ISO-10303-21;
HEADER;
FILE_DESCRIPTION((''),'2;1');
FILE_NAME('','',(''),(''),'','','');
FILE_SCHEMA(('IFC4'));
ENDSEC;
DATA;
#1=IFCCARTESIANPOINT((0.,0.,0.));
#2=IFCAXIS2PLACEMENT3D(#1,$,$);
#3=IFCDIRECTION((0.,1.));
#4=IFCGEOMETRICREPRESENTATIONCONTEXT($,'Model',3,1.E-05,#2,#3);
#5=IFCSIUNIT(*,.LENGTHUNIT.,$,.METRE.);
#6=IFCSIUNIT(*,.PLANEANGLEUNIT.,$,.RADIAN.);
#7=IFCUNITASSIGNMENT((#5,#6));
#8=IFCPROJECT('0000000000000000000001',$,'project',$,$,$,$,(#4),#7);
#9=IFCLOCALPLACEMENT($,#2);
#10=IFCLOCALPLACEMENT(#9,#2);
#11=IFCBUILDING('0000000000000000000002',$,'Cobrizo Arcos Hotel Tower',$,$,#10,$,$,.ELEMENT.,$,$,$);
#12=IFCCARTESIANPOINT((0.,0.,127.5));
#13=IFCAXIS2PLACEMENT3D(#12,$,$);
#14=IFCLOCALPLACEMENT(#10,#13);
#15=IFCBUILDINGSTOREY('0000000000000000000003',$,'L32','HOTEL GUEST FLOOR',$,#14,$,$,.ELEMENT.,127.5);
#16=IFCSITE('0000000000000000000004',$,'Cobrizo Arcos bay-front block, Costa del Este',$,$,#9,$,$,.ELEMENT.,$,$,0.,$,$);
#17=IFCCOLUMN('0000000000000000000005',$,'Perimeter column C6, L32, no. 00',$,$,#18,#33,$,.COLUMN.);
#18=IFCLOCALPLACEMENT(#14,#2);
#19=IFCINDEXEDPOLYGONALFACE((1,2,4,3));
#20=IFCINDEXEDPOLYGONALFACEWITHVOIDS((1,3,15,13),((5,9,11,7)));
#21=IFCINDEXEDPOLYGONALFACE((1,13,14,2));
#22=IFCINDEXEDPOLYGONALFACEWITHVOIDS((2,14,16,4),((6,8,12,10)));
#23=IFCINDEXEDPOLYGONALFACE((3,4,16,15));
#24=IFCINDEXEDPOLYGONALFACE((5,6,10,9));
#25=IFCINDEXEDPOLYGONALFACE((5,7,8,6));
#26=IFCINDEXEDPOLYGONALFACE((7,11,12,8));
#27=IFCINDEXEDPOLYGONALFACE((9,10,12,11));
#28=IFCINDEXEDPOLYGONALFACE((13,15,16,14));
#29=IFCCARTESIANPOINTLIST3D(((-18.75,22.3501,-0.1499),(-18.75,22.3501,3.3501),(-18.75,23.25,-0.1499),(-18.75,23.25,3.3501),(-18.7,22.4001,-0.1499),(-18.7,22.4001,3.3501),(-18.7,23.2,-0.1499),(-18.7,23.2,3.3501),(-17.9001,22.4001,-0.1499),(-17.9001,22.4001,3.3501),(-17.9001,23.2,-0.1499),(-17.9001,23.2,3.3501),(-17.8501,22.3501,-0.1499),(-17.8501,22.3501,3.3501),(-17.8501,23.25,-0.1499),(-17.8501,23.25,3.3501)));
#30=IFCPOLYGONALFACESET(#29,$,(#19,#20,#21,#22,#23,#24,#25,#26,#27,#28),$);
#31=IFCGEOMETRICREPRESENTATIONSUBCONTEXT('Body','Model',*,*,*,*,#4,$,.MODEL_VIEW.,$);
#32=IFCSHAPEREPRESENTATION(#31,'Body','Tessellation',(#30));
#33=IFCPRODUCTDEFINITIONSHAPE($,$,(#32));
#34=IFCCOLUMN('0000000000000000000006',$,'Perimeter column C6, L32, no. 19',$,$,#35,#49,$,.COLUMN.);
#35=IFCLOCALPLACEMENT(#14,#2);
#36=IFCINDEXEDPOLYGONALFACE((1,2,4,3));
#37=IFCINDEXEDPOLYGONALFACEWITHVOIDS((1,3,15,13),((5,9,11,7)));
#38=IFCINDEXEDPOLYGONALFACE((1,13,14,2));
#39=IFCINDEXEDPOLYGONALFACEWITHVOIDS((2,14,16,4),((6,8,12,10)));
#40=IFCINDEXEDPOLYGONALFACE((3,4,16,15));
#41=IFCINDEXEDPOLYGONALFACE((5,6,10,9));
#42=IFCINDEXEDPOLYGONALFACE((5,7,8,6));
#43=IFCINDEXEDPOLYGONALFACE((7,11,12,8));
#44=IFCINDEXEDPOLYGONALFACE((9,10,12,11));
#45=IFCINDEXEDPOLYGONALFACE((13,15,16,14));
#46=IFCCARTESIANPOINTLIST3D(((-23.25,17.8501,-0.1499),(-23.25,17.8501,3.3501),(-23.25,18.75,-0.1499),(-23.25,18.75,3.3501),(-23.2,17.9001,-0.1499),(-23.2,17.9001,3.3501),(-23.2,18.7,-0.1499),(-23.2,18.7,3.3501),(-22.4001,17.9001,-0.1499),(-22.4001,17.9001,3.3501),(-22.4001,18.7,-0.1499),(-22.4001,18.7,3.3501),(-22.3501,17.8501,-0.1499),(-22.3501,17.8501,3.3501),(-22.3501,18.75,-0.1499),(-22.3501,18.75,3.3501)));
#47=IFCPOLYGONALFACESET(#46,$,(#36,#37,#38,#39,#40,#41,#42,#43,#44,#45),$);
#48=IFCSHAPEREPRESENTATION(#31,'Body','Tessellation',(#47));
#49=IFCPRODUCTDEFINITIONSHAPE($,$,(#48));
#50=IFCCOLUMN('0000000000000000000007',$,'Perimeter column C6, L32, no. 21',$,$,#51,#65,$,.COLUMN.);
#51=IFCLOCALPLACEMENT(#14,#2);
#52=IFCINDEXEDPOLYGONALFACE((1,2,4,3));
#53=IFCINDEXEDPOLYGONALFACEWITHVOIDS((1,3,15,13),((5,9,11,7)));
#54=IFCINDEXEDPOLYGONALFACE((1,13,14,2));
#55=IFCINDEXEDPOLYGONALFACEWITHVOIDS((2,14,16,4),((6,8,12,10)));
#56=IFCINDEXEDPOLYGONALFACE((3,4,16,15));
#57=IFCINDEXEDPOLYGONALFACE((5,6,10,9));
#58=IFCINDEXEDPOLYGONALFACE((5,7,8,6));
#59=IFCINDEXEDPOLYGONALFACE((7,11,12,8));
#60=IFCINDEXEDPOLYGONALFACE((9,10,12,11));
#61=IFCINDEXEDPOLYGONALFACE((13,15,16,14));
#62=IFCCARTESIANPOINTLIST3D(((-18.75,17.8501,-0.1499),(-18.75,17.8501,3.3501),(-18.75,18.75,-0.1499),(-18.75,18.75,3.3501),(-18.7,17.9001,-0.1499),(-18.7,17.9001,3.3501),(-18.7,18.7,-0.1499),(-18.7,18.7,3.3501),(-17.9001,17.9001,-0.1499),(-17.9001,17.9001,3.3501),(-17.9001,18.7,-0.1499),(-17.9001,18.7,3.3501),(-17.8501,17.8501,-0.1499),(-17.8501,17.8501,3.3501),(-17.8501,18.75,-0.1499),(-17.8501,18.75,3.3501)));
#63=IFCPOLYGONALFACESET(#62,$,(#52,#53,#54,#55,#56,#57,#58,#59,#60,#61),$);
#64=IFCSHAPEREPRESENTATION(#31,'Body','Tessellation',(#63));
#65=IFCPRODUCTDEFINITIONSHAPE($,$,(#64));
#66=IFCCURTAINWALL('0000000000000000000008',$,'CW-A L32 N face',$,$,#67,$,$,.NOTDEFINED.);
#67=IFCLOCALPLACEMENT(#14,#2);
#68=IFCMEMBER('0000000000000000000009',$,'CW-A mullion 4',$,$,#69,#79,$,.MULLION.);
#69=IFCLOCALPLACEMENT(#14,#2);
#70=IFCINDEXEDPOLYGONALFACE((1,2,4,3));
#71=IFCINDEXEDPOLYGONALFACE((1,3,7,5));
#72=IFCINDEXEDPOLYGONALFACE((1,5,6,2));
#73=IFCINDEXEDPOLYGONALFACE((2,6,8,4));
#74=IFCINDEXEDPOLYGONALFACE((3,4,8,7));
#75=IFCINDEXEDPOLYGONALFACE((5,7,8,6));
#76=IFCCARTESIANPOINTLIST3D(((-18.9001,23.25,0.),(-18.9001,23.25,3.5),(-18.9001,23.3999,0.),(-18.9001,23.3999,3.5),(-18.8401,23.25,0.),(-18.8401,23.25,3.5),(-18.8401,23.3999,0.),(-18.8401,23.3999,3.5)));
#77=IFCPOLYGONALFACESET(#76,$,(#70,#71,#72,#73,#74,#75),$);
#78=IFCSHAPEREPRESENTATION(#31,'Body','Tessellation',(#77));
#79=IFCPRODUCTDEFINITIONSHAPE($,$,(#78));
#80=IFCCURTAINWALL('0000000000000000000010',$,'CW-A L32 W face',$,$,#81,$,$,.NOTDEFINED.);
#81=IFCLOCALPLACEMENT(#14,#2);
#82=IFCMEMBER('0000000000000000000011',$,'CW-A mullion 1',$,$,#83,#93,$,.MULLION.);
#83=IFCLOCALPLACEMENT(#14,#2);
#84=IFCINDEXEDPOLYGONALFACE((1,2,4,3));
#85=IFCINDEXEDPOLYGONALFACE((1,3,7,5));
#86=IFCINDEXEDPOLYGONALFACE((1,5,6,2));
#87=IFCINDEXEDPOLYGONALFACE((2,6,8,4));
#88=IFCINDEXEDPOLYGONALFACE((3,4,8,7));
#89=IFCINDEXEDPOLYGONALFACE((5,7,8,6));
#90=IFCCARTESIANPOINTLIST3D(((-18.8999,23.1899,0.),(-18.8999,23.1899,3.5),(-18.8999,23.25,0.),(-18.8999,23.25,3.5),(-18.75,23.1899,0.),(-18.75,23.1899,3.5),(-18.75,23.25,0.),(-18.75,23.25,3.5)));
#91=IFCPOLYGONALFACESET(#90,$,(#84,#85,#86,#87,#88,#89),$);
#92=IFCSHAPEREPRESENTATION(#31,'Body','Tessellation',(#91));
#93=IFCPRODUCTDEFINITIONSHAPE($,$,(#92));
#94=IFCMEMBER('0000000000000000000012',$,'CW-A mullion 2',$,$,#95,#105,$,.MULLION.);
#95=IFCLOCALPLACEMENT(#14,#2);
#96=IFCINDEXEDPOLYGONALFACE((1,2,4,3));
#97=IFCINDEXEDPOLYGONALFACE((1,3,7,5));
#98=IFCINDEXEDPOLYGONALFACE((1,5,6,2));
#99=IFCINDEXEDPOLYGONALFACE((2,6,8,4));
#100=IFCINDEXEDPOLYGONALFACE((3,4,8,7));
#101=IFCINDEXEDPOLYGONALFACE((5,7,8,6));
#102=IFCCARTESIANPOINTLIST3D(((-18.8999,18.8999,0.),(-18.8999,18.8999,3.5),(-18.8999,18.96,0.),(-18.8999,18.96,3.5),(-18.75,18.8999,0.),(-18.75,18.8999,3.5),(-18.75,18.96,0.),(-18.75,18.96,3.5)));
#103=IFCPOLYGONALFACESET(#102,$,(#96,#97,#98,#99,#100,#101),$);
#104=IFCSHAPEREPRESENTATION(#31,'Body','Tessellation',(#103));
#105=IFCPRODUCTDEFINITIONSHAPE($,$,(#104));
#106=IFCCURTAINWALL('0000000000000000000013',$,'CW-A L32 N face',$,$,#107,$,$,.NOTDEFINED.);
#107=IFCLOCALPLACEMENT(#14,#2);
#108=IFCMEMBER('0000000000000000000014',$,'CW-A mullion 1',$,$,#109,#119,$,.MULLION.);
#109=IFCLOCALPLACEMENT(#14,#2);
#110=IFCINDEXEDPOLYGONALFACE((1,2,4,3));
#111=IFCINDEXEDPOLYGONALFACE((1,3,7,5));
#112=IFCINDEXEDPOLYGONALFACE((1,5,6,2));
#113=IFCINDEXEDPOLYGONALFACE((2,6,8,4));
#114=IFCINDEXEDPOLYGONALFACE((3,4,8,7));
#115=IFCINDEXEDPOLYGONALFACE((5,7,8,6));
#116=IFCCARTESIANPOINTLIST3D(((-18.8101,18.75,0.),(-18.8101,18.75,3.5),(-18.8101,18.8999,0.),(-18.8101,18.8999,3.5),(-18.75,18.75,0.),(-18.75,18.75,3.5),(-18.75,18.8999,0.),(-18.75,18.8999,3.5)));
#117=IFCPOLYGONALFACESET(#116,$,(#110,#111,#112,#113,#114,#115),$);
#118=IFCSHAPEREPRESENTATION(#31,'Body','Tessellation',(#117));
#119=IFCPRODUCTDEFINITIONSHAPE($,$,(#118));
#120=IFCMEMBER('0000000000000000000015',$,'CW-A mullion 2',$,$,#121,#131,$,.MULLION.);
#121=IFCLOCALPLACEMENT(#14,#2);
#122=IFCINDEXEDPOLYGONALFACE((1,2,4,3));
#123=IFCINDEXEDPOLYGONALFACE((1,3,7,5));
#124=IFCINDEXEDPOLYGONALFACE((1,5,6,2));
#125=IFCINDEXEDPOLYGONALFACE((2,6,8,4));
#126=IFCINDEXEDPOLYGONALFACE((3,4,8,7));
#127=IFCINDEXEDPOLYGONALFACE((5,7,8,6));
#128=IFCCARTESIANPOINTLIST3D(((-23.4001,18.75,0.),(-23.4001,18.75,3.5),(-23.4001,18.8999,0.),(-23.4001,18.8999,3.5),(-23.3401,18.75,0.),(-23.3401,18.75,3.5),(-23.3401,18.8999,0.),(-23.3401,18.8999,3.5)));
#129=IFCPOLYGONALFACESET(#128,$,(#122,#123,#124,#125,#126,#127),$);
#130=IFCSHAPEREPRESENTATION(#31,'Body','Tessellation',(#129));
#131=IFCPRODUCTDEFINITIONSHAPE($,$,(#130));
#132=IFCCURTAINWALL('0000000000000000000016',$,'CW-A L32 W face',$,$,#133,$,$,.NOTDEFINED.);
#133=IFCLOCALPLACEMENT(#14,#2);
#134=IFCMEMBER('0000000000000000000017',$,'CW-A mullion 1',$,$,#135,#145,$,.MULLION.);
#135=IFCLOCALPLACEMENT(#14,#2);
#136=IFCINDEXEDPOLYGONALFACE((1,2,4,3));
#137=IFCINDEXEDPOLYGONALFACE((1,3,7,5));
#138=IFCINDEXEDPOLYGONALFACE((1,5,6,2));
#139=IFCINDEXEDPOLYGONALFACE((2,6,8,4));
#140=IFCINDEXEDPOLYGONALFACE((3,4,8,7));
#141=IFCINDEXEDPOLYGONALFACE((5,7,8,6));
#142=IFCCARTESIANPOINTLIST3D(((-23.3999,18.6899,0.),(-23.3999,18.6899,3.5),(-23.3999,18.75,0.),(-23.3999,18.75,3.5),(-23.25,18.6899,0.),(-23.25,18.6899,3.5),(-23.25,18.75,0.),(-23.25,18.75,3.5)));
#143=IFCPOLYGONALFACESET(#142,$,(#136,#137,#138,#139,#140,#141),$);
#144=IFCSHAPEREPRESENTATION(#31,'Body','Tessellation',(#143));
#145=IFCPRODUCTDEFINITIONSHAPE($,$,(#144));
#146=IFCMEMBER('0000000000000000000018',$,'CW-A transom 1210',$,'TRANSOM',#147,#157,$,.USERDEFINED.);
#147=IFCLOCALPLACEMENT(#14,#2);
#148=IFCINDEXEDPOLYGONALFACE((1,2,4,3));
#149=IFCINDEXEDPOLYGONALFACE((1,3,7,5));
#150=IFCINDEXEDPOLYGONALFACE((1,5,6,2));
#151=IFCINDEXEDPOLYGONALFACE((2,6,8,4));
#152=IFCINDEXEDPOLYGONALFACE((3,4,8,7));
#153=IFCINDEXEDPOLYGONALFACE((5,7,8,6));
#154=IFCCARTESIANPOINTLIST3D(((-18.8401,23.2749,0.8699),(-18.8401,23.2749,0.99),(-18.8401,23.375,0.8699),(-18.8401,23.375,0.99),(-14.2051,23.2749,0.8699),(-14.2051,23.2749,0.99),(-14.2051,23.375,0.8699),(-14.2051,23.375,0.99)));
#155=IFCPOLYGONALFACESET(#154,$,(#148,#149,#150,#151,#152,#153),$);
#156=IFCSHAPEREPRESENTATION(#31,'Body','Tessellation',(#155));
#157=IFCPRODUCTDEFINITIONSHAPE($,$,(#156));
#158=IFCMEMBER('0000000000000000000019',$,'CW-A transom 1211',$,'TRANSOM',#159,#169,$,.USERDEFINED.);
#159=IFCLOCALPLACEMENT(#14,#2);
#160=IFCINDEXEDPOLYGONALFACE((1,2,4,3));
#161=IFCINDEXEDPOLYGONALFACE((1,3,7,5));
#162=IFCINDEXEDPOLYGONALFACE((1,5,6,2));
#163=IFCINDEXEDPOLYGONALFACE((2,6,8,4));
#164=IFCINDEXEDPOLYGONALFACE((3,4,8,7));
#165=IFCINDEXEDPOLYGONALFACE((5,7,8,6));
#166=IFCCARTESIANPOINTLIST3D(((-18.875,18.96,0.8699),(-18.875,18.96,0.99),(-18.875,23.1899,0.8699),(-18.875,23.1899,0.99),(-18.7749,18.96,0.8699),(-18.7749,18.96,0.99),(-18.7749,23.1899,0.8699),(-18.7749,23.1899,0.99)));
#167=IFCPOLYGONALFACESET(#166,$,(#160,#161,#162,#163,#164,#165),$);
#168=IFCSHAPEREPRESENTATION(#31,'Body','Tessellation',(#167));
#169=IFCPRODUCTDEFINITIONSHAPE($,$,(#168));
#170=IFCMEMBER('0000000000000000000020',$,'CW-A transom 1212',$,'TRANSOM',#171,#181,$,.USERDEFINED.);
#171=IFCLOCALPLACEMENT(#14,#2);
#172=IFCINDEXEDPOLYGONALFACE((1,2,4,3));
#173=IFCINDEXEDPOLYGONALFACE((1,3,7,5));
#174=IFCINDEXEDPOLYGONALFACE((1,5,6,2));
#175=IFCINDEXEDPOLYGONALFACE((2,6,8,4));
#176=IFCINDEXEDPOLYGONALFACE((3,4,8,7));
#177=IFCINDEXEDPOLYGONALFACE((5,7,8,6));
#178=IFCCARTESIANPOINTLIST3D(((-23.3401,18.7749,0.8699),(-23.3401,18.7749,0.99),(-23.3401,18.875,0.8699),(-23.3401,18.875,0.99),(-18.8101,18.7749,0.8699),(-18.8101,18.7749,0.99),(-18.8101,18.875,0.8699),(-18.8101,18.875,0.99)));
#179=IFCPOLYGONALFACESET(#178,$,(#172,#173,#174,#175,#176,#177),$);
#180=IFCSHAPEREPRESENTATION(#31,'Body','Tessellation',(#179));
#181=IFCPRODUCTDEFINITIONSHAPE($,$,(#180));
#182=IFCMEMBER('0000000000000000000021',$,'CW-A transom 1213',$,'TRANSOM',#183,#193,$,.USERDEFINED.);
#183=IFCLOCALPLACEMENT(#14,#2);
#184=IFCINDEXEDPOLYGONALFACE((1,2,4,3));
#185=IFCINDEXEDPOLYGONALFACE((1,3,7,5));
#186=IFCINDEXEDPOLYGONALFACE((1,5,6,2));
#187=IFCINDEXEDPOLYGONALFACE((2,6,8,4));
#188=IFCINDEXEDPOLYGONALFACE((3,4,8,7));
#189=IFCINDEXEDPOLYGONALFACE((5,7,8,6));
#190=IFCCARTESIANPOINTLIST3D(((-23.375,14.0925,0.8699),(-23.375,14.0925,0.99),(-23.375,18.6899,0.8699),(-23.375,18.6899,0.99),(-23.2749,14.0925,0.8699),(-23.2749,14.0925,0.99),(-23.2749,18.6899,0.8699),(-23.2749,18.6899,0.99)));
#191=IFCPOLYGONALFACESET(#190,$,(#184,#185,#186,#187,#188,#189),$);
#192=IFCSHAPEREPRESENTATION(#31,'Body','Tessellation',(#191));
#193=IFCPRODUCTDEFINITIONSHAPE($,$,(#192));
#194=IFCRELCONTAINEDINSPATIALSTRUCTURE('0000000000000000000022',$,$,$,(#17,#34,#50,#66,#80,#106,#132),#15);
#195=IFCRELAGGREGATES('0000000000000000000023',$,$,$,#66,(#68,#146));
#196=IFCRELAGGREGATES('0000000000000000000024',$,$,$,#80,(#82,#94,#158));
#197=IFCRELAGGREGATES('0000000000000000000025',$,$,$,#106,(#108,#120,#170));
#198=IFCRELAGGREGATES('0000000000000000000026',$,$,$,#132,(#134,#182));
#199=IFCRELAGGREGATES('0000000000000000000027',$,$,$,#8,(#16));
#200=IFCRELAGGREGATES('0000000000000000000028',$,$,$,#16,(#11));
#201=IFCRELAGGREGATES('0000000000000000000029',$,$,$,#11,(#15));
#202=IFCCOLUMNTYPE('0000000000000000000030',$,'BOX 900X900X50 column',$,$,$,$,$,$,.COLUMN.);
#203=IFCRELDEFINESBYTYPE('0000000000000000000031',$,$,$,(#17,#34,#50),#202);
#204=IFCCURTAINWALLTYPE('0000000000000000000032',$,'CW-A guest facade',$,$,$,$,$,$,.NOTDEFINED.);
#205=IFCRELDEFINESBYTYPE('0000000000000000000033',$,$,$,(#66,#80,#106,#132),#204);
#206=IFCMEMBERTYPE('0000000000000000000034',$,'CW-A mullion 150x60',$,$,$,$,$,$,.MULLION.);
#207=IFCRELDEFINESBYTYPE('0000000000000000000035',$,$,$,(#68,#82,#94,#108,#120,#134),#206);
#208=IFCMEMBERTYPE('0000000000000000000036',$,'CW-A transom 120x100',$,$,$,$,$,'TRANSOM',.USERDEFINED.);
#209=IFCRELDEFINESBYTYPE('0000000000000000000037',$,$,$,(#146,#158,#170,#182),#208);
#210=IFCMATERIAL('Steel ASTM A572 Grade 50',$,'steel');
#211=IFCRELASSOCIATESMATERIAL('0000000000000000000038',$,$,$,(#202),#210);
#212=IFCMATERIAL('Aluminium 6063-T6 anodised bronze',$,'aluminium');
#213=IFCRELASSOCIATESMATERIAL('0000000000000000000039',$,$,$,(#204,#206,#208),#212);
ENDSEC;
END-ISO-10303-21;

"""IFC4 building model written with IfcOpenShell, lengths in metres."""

from ifc_helpers import new_model, si_unit, direction, frame, origin, origin_2d, place, context, subcontext, project, spatial, rectangle, hollow_rectangle, extrude, material, material_profile, profile_set, type_object, element, aggregate, save


model = new_model("IFC4")

# Units and contexts
model_context = context("Model", 3, precision=1e-05, world=origin(), true_north=direction((0.0, 1.0)))
body_context = subcontext(model_context, "Body", "Model", "MODEL_VIEW")
ifc_project = project(units=[si_unit("LENGTHUNIT", "METRE"), si_unit("PLANEANGLEUNIT", "RADIAN")], contexts=[model_context])

# Site, building, storey
site_placement = place(None, origin())
site = spatial("IfcSite", under=ifc_project, at=site_placement, Name="Cobrizo Arcos bay-front block, Costa del Este", CompositionType="ELEMENT", RefElevation=0.0)
building_placement = place(site_placement, origin())
building = spatial("IfcBuilding", under=site, at=building_placement, Name="Cobrizo Arcos Hotel Tower", CompositionType="ELEMENT")
storey_placement = place(building_placement, frame((0.0, 0.0, 127.5)))
storey = spatial("IfcBuildingStorey", under=building, at=storey_placement, Name="L32", Description="HOTEL GUEST FLOOR", CompositionType="ELEMENT", Elevation=127.5)

# Columns
ifc_material_1 = material(Name="Steel ASTM A572 Grade 50", Category="steel")
ifc_material_profile_1 = material_profile(ifc_material_1, hollow_rectangle(XDim=0.8999, YDim=0.8999, WallThickness=0.05, at=origin_2d()), Name="BOX 900X900X50")
ifc_profile_set_1 = profile_set([ifc_material_profile_1], Name="Steel ASTM A572 Grade 50")
column_type = type_object("IfcColumnType", Name="BOX 900X900X50 column", PredefinedType="COLUMN", material=ifc_profile_set_1)
for number, where, z_axis, x_axis, name in (
    (1, (-18.3, 22.8, -0.1499), (0.0, 0.0, 1.0), (1.0, 0.0, 0.0), "Perimeter column C6, L32, no. 00"),
    (2, (-22.8, 18.3, -0.1499), (0.0, 0.0, 1.0), (1.0, 0.0, 0.0), "Perimeter column C6, L32, no. 19"),
    (3, (-18.3, 18.3, -0.1499), (0.0, 0.0, 1.0), (1.0, 0.0, 0.0), "Perimeter column C6, L32, no. 21"),
):
    element("IfcColumn", number, at=place(storey_placement, frame(where, z_axis=z_axis, x_axis=x_axis)), inside=storey, type_object=column_type, Name=name, PredefinedType="COLUMN", context=body_context, shape_type="SweptSolid", body=[
        extrude(hollow_rectangle(XDim=0.8999, YDim=0.8999, WallThickness=0.05, at=origin_2d()), origin(), (0.0, 0.0, 1.0), 3.5),
    ])

# Curtain wall, member
ifc_material_2 = material(Name="Aluminium 6063-T6 anodised bronze", Category="aluminium")
curtain_wall_type = type_object("IfcCurtainWallType", Name="CW-A guest facade", PredefinedType="NOTDEFINED", material=ifc_material_2)
curtain_wall_1_placement = place(storey_placement, origin())
curtain_wall_1 = element("IfcCurtainWall", 4, at=curtain_wall_1_placement, inside=storey, type_object=curtain_wall_type, Name="CW-A L32 N face", PredefinedType="NOTDEFINED")
ifc_material_profile_2 = material_profile(ifc_material_2, rectangle(XDim=0.1499, YDim=0.0601, at=origin_2d()), Name="CW-A mullion 150x60")
ifc_profile_set_2 = profile_set([ifc_material_profile_2], Name="Aluminium 6063-T6 anodised bronze")
member_type_1 = type_object("IfcMemberType", Name="CW-A mullion 150x60", PredefinedType="MULLION", material=ifc_profile_set_2)
member_1_placement = place(storey_placement, frame((-18.8701, 23.325, 0.0), z_axis=(0.0, 0.0, 1.0), x_axis=(0.0, 1.0, 0.0)))
member_1 = element("IfcMember", 5, at=member_1_placement, type_object=member_type_1, Name="CW-A mullion 4", PredefinedType="MULLION", context=body_context, shape_type="SweptSolid", body=[
    extrude(rectangle(XDim=0.1499, YDim=0.0601, at=origin_2d()), origin(), (0.0, 0.0, 1.0), 3.5),
])

# Curtain walls, members
curtain_wall_2_placement = place(storey_placement, origin())
curtain_wall_2 = element("IfcCurtainWall", 6, at=curtain_wall_2_placement, inside=storey, type_object=curtain_wall_type, Name="CW-A L32 W face", PredefinedType="NOTDEFINED")
member_2_placement = place(storey_placement, frame((-18.825, 23.22, 0.0), z_axis=(0.0, 0.0, 1.0), x_axis=(-1.0, 0.0, 0.0)))
member_2 = element("IfcMember", 7, at=member_2_placement, type_object=member_type_1, Name="CW-A mullion 1", PredefinedType="MULLION", context=body_context, shape_type="SweptSolid", body=[
    extrude(rectangle(XDim=0.1499, YDim=0.0601, at=origin_2d()), origin(), (0.0, 0.0, 1.0), 3.5),
])
member_3_placement = place(storey_placement, frame((-18.825, 18.9299, 0.0), z_axis=(0.0, 0.0, 1.0), x_axis=(-1.0, 0.0, 0.0)))
member_3 = element("IfcMember", 8, at=member_3_placement, type_object=member_type_1, Name="CW-A mullion 2", PredefinedType="MULLION", context=body_context, shape_type="SweptSolid", body=[
    extrude(rectangle(XDim=0.1499, YDim=0.0601, at=origin_2d()), origin(), (0.0, 0.0, 1.0), 3.5),
])
curtain_wall_3_placement = place(storey_placement, origin())
curtain_wall_3 = element("IfcCurtainWall", 9, at=curtain_wall_3_placement, inside=storey, type_object=curtain_wall_type, Name="CW-A L32 N face", PredefinedType="NOTDEFINED")
member_4_placement = place(storey_placement, frame((-18.78, 18.825, 0.0), z_axis=(0.0, 0.0, 1.0), x_axis=(0.0, 1.0, 0.0)))
member_4 = element("IfcMember", 10, at=member_4_placement, type_object=member_type_1, Name="CW-A mullion 1", PredefinedType="MULLION", context=body_context, shape_type="SweptSolid", body=[
    extrude(rectangle(XDim=0.1499, YDim=0.0601, at=origin_2d()), origin(), (0.0, 0.0, 1.0), 3.5),
])
member_5_placement = place(storey_placement, frame((-23.3701, 18.825, 0.0), z_axis=(0.0, 0.0, 1.0), x_axis=(0.0, 1.0, 0.0)))
member_5 = element("IfcMember", 11, at=member_5_placement, type_object=member_type_1, Name="CW-A mullion 2", PredefinedType="MULLION", context=body_context, shape_type="SweptSolid", body=[
    extrude(rectangle(XDim=0.1499, YDim=0.0601, at=origin_2d()), origin(), (0.0, 0.0, 1.0), 3.5),
])

# Curtain wall, member
curtain_wall_4_placement = place(storey_placement, origin())
curtain_wall_4 = element("IfcCurtainWall", 12, at=curtain_wall_4_placement, inside=storey, type_object=curtain_wall_type, Name="CW-A L32 W face", PredefinedType="NOTDEFINED")
member_6_placement = place(storey_placement, frame((-23.325, 18.72, 0.0), z_axis=(0.0, 0.0, 1.0), x_axis=(-1.0, 0.0, 0.0)))
member_6 = element("IfcMember", 13, at=member_6_placement, type_object=member_type_1, Name="CW-A mullion 1", PredefinedType="MULLION", context=body_context, shape_type="SweptSolid", body=[
    extrude(rectangle(XDim=0.1499, YDim=0.0601, at=origin_2d()), origin(), (0.0, 0.0, 1.0), 3.5),
])

# Members
ifc_material_profile_3 = material_profile(ifc_material_2, rectangle(XDim=0.1001, YDim=0.1201, at=origin_2d()), Name="CW-A transom 120x100")
ifc_profile_set_3 = profile_set([ifc_material_profile_3], Name="Aluminium 6063-T6 anodised bronze")
member_type_2 = type_object("IfcMemberType", Name="CW-A transom 120x100", ElementType="TRANSOM", PredefinedType="USERDEFINED", material=ifc_profile_set_3)
member_7_placement = place(storey_placement, frame((-14.2051, 23.325, 0.9299), z_axis=(-1.0, 0.0, 0.0), x_axis=(0.0, -1.0, 0.0)))
member_7 = element("IfcMember", 14, at=member_7_placement, type_object=member_type_2, Name="CW-A transom 1210", ObjectType="TRANSOM", PredefinedType="USERDEFINED", context=body_context, shape_type="SweptSolid", body=[
    extrude(rectangle(XDim=0.1001, YDim=0.1201, at=origin_2d()), origin(), (0.0, 0.0, 1.0), 4.635),
])
member_8_placement = place(storey_placement, frame((-18.825, 23.1899, 0.9299), z_axis=(0.0, -1.0, 0.0), x_axis=(1.0, 0.0, 0.0)))
member_8 = element("IfcMember", 15, at=member_8_placement, type_object=member_type_2, Name="CW-A transom 1211", ObjectType="TRANSOM", PredefinedType="USERDEFINED", context=body_context, shape_type="SweptSolid", body=[
    extrude(rectangle(XDim=0.1001, YDim=0.1201, at=origin_2d()), origin(), (0.0, 0.0, 1.0), 4.23),
])
member_9_placement = place(storey_placement, frame((-18.8101, 18.825, 0.9299), z_axis=(-1.0, 0.0, 0.0), x_axis=(0.0, -1.0, 0.0)))
member_9 = element("IfcMember", 16, at=member_9_placement, type_object=member_type_2, Name="CW-A transom 1212", ObjectType="TRANSOM", PredefinedType="USERDEFINED", context=body_context, shape_type="SweptSolid", body=[
    extrude(rectangle(XDim=0.1001, YDim=0.1201, at=origin_2d()), origin(), (0.0, 0.0, 1.0), 4.53),
])
member_10_placement = place(storey_placement, frame((-23.325, 18.6899, 0.9299), z_axis=(0.0, -1.0, 0.0), x_axis=(1.0, 0.0, 0.0)))
member_10 = element("IfcMember", 17, at=member_10_placement, type_object=member_type_2, Name="CW-A transom 1213", ObjectType="TRANSOM", PredefinedType="USERDEFINED", context=body_context, shape_type="SweptSolid", body=[
    extrude(rectangle(XDim=0.1001, YDim=0.1201, at=origin_2d()), origin(), (0.0, 0.0, 1.0), 4.5974),
])

aggregate(curtain_wall_1, [member_1, member_7])
aggregate(curtain_wall_2, [member_2, member_3, member_8])
aggregate(curtain_wall_3, [member_4, member_5, member_9])
aggregate(curtain_wall_4, [member_6, member_10])

save(model, "model.ifc")
